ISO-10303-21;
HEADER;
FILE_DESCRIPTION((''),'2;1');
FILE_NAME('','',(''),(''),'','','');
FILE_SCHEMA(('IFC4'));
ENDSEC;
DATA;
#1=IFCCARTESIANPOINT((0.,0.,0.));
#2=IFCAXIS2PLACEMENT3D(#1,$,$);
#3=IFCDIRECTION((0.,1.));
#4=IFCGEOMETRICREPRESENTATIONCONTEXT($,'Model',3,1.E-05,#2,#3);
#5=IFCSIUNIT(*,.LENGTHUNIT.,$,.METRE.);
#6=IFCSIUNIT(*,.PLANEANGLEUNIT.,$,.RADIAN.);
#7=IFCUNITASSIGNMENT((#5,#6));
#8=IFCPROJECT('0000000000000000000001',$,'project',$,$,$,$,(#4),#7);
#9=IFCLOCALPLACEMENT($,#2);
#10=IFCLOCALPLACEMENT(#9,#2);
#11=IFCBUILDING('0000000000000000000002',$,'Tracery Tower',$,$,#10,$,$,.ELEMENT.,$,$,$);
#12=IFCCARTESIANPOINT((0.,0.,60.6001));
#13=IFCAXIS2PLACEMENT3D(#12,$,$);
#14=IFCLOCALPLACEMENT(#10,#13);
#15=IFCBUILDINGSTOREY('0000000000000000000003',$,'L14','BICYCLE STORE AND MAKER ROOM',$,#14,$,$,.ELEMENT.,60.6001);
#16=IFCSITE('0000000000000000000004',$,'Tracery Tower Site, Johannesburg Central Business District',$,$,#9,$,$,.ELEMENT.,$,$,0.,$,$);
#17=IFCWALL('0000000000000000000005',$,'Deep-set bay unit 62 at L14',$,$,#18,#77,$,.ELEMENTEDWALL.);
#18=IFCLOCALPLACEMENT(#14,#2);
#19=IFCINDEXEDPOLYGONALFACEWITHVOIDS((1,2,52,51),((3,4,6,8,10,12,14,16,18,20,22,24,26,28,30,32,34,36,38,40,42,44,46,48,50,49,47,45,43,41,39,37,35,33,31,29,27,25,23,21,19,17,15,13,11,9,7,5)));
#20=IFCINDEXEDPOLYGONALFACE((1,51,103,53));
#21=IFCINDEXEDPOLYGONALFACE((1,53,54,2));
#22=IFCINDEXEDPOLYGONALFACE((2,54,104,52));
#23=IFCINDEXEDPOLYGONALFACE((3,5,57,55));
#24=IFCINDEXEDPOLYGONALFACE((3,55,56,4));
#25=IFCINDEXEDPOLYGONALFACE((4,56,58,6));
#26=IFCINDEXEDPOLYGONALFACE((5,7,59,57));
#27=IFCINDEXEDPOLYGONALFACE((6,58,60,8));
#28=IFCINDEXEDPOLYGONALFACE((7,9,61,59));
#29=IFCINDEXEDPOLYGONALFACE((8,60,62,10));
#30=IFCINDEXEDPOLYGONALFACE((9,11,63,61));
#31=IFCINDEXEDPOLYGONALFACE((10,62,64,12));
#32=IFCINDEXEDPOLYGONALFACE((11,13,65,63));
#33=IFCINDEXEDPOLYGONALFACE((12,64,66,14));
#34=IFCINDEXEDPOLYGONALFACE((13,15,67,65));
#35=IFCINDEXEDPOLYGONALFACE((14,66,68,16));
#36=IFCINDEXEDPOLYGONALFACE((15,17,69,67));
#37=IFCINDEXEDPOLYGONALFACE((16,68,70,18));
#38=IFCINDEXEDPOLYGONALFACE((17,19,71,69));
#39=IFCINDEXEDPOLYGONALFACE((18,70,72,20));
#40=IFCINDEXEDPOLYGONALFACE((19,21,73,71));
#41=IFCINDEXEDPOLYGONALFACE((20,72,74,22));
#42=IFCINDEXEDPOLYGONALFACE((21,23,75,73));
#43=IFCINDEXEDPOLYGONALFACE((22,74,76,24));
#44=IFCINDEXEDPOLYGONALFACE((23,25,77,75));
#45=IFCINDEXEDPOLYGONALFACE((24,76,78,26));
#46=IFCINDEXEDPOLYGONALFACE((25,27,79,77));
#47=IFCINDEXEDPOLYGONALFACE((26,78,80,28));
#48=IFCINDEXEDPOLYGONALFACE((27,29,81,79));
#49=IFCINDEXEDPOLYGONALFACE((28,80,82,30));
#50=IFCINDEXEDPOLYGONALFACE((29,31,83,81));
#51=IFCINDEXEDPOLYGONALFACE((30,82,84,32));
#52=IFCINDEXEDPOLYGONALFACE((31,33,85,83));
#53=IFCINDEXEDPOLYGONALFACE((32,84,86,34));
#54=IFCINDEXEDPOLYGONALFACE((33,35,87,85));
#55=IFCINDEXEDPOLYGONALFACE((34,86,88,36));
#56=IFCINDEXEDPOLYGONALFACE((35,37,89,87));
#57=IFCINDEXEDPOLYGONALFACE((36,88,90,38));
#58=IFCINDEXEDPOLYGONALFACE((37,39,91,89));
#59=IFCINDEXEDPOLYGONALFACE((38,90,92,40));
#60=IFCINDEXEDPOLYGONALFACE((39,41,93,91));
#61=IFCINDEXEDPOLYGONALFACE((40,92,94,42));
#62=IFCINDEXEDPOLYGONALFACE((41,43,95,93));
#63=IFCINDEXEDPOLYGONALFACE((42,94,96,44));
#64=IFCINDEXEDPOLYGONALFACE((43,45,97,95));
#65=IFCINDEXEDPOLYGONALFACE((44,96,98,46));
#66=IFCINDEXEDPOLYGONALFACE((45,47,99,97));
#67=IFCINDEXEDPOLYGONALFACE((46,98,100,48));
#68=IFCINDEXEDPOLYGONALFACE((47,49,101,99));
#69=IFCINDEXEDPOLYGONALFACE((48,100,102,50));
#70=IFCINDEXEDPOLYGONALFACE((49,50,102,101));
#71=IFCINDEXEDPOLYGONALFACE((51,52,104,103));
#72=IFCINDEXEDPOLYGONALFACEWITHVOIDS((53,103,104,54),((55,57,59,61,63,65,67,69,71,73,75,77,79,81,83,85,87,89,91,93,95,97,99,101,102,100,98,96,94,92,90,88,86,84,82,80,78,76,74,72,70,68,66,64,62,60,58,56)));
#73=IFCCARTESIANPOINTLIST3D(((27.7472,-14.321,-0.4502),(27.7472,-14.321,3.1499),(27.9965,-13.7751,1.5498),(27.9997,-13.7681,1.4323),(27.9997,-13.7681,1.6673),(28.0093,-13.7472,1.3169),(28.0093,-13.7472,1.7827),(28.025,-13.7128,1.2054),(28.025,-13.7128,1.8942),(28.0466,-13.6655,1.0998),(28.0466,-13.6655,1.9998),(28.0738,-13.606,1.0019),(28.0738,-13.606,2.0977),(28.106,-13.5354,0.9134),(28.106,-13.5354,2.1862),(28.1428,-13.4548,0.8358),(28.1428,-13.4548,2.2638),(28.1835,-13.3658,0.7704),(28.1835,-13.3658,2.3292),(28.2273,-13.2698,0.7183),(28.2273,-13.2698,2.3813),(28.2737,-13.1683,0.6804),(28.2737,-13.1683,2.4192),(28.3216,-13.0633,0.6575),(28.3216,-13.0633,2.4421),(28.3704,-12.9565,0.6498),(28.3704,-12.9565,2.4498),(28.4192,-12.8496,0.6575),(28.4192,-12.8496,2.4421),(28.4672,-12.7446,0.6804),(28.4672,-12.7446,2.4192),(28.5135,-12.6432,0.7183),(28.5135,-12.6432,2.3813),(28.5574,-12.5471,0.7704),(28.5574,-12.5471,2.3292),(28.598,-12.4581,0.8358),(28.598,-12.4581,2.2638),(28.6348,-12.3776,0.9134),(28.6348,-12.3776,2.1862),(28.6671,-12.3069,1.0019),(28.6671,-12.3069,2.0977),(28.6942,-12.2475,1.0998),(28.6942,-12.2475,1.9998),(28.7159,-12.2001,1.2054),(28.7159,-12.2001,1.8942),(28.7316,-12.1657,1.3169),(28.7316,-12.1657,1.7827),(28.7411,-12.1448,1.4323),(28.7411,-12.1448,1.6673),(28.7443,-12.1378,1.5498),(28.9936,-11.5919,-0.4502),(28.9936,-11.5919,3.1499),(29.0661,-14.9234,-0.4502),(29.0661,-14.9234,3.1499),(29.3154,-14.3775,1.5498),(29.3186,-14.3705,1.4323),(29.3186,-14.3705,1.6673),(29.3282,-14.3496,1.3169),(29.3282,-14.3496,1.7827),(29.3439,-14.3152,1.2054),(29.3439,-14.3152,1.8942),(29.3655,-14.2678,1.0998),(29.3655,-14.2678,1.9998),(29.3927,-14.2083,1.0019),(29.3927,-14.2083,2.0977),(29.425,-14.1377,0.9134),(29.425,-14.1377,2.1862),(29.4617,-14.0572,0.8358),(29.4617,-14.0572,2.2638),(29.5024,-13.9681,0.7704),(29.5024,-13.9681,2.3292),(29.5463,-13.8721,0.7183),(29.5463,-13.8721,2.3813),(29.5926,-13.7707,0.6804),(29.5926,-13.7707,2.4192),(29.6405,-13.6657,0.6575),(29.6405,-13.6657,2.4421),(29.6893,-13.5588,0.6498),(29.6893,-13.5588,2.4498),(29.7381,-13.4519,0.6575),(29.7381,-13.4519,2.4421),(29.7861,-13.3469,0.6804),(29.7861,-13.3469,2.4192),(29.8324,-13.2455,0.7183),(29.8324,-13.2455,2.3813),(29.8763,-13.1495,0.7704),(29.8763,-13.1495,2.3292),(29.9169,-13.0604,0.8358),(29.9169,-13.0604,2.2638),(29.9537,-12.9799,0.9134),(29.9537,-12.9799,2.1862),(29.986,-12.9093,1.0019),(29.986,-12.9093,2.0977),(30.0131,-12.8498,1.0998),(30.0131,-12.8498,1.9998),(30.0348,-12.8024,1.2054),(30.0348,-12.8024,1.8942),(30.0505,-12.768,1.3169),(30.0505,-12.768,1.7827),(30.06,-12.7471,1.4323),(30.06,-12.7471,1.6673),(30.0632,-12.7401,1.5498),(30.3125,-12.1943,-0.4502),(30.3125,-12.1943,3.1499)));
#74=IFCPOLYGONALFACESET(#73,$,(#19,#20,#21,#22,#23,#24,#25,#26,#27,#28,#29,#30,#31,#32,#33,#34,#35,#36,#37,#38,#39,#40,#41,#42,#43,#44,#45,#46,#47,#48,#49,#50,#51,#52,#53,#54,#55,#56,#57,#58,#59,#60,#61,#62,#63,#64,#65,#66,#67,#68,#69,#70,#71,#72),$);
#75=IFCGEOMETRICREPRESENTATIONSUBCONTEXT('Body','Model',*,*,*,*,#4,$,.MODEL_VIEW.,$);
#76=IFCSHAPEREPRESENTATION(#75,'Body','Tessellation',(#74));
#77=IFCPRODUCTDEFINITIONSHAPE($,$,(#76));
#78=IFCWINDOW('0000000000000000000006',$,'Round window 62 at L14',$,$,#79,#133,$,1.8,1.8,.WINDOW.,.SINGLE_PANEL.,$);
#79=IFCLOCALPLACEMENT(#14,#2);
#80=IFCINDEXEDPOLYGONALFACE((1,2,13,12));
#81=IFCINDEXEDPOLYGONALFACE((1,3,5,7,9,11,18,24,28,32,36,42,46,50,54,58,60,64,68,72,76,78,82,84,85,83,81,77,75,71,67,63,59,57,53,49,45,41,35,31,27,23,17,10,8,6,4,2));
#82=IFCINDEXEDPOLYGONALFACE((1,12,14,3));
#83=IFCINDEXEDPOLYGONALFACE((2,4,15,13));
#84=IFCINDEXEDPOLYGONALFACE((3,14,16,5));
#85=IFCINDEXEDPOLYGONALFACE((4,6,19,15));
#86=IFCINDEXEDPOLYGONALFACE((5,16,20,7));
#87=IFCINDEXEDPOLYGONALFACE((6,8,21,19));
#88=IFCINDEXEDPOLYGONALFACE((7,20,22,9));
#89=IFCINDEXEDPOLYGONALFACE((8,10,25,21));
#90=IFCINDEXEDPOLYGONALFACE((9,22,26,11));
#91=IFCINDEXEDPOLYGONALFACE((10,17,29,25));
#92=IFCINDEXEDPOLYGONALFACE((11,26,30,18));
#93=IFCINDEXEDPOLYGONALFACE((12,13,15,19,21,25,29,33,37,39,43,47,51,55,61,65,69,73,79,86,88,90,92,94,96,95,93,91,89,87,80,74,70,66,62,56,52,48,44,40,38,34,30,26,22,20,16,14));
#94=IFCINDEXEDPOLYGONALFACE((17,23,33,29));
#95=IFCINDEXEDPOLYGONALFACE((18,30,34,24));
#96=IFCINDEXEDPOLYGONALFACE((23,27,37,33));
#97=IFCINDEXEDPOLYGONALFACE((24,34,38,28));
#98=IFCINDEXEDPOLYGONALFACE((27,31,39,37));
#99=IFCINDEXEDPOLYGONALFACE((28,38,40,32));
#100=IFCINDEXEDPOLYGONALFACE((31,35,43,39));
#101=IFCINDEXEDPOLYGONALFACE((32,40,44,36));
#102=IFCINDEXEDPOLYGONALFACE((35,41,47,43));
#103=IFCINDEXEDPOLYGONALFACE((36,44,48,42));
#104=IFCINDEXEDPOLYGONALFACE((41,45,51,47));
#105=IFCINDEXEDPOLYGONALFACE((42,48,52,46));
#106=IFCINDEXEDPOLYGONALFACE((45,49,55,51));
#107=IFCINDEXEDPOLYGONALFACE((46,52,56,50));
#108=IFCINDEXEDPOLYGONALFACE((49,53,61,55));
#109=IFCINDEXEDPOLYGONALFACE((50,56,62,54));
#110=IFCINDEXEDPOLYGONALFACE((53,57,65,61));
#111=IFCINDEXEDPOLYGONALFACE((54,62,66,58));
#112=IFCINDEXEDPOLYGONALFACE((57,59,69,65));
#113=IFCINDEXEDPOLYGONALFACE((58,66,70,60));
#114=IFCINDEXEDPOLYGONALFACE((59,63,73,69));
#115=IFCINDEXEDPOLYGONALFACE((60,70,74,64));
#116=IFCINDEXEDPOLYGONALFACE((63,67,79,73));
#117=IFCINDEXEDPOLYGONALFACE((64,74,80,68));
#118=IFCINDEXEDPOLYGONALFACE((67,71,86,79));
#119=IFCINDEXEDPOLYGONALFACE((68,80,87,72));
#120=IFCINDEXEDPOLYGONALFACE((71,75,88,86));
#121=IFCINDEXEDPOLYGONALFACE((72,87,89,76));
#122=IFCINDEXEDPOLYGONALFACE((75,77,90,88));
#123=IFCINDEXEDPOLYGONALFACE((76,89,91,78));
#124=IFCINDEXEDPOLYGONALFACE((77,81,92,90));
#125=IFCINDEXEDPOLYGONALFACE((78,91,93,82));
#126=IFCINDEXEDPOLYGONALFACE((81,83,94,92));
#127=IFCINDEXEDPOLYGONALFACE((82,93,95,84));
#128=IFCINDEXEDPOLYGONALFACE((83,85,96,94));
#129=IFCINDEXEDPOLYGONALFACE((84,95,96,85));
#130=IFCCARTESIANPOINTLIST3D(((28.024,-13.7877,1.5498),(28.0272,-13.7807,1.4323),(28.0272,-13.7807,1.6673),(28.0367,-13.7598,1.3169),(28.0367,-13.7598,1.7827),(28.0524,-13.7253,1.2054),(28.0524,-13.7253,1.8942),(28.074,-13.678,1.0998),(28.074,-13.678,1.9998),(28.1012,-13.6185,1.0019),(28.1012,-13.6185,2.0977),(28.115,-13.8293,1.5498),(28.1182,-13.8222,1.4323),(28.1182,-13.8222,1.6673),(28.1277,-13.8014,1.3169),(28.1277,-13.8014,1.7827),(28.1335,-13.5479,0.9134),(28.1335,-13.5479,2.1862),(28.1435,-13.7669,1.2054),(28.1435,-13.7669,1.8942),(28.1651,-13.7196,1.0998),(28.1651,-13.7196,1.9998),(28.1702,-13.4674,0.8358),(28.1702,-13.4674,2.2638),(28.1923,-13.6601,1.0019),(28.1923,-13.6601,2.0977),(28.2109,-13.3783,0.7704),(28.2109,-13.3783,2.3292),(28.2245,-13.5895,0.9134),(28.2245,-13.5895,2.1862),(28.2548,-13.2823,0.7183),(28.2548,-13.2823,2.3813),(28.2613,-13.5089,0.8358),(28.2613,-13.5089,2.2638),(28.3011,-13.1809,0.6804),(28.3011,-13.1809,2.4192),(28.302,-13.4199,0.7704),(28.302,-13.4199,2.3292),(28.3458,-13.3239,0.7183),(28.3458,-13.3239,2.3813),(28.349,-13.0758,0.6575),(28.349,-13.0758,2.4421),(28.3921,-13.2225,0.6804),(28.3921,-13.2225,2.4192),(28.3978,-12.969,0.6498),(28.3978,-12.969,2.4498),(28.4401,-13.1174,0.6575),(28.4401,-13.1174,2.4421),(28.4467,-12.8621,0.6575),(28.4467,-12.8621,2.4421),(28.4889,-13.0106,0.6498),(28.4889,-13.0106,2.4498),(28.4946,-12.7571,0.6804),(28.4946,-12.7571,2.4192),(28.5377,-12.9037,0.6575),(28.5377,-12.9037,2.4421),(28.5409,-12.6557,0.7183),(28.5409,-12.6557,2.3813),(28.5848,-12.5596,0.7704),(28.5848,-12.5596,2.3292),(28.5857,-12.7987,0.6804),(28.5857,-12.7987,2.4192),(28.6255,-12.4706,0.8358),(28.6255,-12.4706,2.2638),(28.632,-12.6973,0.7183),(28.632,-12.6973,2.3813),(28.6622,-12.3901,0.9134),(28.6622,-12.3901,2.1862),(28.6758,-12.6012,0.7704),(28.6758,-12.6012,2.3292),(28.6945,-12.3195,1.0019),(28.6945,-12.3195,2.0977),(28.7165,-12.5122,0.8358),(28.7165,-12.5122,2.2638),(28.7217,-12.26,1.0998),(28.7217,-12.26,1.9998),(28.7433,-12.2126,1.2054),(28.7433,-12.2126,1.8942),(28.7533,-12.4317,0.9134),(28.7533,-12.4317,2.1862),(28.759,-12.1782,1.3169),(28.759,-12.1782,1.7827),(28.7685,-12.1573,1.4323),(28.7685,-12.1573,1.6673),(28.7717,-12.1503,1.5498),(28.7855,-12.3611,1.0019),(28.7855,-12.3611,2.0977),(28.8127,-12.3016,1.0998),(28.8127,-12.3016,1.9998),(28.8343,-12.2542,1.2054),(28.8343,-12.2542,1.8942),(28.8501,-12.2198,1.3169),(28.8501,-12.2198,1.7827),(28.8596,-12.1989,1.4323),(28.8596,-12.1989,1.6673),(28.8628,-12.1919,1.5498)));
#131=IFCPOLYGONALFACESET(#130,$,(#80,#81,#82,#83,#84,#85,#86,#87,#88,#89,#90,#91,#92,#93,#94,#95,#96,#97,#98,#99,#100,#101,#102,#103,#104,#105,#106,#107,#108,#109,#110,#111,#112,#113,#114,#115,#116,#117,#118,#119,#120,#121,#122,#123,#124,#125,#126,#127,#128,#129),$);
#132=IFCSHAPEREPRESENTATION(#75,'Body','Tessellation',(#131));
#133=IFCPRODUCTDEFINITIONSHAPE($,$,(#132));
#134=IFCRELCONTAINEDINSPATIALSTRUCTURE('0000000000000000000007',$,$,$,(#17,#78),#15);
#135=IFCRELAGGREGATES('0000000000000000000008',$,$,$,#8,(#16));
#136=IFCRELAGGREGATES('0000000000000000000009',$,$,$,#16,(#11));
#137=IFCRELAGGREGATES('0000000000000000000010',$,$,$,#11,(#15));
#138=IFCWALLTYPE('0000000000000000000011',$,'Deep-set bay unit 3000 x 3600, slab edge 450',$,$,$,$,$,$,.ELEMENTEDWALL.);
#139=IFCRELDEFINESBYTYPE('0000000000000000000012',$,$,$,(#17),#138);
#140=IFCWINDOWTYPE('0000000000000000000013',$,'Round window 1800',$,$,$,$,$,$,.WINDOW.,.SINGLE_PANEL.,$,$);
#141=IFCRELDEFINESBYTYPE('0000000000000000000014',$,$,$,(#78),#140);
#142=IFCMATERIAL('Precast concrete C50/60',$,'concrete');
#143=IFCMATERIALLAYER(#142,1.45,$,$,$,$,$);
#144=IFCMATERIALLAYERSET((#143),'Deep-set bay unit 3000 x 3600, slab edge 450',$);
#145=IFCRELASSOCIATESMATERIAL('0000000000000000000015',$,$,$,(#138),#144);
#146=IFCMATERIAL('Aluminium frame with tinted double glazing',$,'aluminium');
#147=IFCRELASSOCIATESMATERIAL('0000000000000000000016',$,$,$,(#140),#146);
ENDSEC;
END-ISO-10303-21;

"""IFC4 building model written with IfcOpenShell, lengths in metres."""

from ifc_helpers import new_model, si_unit, direction, frame, frame_2d, origin, origin_2d, place, context, subcontext, project, spatial, rectangle, circle, extrude, material, layer, layer_set, type_object, element, fill, save


model = new_model("IFC4")

# Units and contexts
model_context = context("Model", 3, precision=1e-05, world=origin(), true_north=direction((0.0, 1.0)))
body_context = subcontext(model_context, "Body", "Model", "MODEL_VIEW")
ifc_project = project(units=[si_unit("LENGTHUNIT", "METRE"), si_unit("PLANEANGLEUNIT", "RADIAN")], contexts=[model_context])

# Site, building, storey
site_placement = place(None, origin())
site = spatial("IfcSite", under=ifc_project, at=site_placement, Name="Tracery Tower Site, Johannesburg Central Business District", CompositionType="ELEMENT", RefElevation=0.0)
building_placement = place(site_placement, origin())
building = spatial("IfcBuilding", under=site, at=building_placement, Name="Tracery Tower", CompositionType="ELEMENT")
storey_placement = place(building_placement, frame((0.0, 0.0, 60.6001)))
storey = spatial("IfcBuildingStorey", under=building, at=storey_placement, Name="L14", Description="BICYCLE STORE AND MAKER ROOM", CompositionType="ELEMENT", Elevation=60.6001)

# Wall, opening, window
ifc_material_1 = material(Name="Precast concrete C50/60", Category="concrete")
ifc_layer_1 = layer(ifc_material_1, 1.45)
ifc_layer_set_1 = layer_set([ifc_layer_1], Name="Deep-set bay unit 3000 x 3600, slab edge 450")
wall_type_1 = type_object("IfcWallType", Name="Deep-set bay unit 3000 x 3600, slab edge 450", PredefinedType="ELEMENTEDWALL", material=ifc_layer_set_1)
wall_1_placement = place(storey_placement, frame((28.4067, -14.6221, -0.4502), z_axis=(0.0, 0.0, 1.0), x_axis=(0.415427, 0.909627, 0.0)))
wall_1 = element("IfcWall", 1, at=wall_1_placement, inside=storey, type_object=wall_type_1, Name="Deep-set bay unit 62 at L14", PredefinedType="ELEMENTEDWALL", context=body_context, shape_type="SweptSolid", body=[
    extrude(rectangle(XDim=3.0002, YDim=1.45, at=frame_2d((1.5, 0.0))), origin(), (0.0, 0.0, 1.0), 3.6001),
])
opening_1_placement = place(wall_1_placement, frame((1.5, 0.0, 2.0)))
opening_1 = element("IfcOpeningElement", 2, at=opening_1_placement, cuts=wall_1, PredefinedType="OPENING", context=body_context, shape_type="SweptSolid", body=[
    extrude(circle(Radius=0.9, at=origin_2d()), frame((0.0, 0.7349, 0.0), z_axis=(0.0, -1.0, 0.0), x_axis=(1.0, 0.0, 0.0)), (0.0, 0.0, 1.0), 1.47),
])
ifc_material_2 = material(Name="Aluminium frame with tinted double glazing", Category="aluminium")
window_type = type_object("IfcWindowType", Name="Round window 1800", PartitioningType="SINGLE_PANEL", PredefinedType="WINDOW", material=ifc_material_2)
window_1_placement = place(opening_1_placement, origin())
window_1 = element("IfcWindow", 3, at=window_1_placement, inside=storey, type_object=window_type, Name="Round window 62 at L14", OverallHeight=1.8, OverallWidth=1.8, PartitioningType="SINGLE_PANEL", PredefinedType="WINDOW", context=body_context, shape_type="SweptSolid", body=[
    extrude(circle(Radius=0.9, at=origin_2d()), frame((0.0, 0.6948, 0.0), z_axis=(0.0, -1.0, 0.0), x_axis=(1.0, 0.0, 0.0)), (0.0, 0.0, 1.0), 0.1001),
])
fill(opening_1, window_1)

save(model, "model.ifc")
